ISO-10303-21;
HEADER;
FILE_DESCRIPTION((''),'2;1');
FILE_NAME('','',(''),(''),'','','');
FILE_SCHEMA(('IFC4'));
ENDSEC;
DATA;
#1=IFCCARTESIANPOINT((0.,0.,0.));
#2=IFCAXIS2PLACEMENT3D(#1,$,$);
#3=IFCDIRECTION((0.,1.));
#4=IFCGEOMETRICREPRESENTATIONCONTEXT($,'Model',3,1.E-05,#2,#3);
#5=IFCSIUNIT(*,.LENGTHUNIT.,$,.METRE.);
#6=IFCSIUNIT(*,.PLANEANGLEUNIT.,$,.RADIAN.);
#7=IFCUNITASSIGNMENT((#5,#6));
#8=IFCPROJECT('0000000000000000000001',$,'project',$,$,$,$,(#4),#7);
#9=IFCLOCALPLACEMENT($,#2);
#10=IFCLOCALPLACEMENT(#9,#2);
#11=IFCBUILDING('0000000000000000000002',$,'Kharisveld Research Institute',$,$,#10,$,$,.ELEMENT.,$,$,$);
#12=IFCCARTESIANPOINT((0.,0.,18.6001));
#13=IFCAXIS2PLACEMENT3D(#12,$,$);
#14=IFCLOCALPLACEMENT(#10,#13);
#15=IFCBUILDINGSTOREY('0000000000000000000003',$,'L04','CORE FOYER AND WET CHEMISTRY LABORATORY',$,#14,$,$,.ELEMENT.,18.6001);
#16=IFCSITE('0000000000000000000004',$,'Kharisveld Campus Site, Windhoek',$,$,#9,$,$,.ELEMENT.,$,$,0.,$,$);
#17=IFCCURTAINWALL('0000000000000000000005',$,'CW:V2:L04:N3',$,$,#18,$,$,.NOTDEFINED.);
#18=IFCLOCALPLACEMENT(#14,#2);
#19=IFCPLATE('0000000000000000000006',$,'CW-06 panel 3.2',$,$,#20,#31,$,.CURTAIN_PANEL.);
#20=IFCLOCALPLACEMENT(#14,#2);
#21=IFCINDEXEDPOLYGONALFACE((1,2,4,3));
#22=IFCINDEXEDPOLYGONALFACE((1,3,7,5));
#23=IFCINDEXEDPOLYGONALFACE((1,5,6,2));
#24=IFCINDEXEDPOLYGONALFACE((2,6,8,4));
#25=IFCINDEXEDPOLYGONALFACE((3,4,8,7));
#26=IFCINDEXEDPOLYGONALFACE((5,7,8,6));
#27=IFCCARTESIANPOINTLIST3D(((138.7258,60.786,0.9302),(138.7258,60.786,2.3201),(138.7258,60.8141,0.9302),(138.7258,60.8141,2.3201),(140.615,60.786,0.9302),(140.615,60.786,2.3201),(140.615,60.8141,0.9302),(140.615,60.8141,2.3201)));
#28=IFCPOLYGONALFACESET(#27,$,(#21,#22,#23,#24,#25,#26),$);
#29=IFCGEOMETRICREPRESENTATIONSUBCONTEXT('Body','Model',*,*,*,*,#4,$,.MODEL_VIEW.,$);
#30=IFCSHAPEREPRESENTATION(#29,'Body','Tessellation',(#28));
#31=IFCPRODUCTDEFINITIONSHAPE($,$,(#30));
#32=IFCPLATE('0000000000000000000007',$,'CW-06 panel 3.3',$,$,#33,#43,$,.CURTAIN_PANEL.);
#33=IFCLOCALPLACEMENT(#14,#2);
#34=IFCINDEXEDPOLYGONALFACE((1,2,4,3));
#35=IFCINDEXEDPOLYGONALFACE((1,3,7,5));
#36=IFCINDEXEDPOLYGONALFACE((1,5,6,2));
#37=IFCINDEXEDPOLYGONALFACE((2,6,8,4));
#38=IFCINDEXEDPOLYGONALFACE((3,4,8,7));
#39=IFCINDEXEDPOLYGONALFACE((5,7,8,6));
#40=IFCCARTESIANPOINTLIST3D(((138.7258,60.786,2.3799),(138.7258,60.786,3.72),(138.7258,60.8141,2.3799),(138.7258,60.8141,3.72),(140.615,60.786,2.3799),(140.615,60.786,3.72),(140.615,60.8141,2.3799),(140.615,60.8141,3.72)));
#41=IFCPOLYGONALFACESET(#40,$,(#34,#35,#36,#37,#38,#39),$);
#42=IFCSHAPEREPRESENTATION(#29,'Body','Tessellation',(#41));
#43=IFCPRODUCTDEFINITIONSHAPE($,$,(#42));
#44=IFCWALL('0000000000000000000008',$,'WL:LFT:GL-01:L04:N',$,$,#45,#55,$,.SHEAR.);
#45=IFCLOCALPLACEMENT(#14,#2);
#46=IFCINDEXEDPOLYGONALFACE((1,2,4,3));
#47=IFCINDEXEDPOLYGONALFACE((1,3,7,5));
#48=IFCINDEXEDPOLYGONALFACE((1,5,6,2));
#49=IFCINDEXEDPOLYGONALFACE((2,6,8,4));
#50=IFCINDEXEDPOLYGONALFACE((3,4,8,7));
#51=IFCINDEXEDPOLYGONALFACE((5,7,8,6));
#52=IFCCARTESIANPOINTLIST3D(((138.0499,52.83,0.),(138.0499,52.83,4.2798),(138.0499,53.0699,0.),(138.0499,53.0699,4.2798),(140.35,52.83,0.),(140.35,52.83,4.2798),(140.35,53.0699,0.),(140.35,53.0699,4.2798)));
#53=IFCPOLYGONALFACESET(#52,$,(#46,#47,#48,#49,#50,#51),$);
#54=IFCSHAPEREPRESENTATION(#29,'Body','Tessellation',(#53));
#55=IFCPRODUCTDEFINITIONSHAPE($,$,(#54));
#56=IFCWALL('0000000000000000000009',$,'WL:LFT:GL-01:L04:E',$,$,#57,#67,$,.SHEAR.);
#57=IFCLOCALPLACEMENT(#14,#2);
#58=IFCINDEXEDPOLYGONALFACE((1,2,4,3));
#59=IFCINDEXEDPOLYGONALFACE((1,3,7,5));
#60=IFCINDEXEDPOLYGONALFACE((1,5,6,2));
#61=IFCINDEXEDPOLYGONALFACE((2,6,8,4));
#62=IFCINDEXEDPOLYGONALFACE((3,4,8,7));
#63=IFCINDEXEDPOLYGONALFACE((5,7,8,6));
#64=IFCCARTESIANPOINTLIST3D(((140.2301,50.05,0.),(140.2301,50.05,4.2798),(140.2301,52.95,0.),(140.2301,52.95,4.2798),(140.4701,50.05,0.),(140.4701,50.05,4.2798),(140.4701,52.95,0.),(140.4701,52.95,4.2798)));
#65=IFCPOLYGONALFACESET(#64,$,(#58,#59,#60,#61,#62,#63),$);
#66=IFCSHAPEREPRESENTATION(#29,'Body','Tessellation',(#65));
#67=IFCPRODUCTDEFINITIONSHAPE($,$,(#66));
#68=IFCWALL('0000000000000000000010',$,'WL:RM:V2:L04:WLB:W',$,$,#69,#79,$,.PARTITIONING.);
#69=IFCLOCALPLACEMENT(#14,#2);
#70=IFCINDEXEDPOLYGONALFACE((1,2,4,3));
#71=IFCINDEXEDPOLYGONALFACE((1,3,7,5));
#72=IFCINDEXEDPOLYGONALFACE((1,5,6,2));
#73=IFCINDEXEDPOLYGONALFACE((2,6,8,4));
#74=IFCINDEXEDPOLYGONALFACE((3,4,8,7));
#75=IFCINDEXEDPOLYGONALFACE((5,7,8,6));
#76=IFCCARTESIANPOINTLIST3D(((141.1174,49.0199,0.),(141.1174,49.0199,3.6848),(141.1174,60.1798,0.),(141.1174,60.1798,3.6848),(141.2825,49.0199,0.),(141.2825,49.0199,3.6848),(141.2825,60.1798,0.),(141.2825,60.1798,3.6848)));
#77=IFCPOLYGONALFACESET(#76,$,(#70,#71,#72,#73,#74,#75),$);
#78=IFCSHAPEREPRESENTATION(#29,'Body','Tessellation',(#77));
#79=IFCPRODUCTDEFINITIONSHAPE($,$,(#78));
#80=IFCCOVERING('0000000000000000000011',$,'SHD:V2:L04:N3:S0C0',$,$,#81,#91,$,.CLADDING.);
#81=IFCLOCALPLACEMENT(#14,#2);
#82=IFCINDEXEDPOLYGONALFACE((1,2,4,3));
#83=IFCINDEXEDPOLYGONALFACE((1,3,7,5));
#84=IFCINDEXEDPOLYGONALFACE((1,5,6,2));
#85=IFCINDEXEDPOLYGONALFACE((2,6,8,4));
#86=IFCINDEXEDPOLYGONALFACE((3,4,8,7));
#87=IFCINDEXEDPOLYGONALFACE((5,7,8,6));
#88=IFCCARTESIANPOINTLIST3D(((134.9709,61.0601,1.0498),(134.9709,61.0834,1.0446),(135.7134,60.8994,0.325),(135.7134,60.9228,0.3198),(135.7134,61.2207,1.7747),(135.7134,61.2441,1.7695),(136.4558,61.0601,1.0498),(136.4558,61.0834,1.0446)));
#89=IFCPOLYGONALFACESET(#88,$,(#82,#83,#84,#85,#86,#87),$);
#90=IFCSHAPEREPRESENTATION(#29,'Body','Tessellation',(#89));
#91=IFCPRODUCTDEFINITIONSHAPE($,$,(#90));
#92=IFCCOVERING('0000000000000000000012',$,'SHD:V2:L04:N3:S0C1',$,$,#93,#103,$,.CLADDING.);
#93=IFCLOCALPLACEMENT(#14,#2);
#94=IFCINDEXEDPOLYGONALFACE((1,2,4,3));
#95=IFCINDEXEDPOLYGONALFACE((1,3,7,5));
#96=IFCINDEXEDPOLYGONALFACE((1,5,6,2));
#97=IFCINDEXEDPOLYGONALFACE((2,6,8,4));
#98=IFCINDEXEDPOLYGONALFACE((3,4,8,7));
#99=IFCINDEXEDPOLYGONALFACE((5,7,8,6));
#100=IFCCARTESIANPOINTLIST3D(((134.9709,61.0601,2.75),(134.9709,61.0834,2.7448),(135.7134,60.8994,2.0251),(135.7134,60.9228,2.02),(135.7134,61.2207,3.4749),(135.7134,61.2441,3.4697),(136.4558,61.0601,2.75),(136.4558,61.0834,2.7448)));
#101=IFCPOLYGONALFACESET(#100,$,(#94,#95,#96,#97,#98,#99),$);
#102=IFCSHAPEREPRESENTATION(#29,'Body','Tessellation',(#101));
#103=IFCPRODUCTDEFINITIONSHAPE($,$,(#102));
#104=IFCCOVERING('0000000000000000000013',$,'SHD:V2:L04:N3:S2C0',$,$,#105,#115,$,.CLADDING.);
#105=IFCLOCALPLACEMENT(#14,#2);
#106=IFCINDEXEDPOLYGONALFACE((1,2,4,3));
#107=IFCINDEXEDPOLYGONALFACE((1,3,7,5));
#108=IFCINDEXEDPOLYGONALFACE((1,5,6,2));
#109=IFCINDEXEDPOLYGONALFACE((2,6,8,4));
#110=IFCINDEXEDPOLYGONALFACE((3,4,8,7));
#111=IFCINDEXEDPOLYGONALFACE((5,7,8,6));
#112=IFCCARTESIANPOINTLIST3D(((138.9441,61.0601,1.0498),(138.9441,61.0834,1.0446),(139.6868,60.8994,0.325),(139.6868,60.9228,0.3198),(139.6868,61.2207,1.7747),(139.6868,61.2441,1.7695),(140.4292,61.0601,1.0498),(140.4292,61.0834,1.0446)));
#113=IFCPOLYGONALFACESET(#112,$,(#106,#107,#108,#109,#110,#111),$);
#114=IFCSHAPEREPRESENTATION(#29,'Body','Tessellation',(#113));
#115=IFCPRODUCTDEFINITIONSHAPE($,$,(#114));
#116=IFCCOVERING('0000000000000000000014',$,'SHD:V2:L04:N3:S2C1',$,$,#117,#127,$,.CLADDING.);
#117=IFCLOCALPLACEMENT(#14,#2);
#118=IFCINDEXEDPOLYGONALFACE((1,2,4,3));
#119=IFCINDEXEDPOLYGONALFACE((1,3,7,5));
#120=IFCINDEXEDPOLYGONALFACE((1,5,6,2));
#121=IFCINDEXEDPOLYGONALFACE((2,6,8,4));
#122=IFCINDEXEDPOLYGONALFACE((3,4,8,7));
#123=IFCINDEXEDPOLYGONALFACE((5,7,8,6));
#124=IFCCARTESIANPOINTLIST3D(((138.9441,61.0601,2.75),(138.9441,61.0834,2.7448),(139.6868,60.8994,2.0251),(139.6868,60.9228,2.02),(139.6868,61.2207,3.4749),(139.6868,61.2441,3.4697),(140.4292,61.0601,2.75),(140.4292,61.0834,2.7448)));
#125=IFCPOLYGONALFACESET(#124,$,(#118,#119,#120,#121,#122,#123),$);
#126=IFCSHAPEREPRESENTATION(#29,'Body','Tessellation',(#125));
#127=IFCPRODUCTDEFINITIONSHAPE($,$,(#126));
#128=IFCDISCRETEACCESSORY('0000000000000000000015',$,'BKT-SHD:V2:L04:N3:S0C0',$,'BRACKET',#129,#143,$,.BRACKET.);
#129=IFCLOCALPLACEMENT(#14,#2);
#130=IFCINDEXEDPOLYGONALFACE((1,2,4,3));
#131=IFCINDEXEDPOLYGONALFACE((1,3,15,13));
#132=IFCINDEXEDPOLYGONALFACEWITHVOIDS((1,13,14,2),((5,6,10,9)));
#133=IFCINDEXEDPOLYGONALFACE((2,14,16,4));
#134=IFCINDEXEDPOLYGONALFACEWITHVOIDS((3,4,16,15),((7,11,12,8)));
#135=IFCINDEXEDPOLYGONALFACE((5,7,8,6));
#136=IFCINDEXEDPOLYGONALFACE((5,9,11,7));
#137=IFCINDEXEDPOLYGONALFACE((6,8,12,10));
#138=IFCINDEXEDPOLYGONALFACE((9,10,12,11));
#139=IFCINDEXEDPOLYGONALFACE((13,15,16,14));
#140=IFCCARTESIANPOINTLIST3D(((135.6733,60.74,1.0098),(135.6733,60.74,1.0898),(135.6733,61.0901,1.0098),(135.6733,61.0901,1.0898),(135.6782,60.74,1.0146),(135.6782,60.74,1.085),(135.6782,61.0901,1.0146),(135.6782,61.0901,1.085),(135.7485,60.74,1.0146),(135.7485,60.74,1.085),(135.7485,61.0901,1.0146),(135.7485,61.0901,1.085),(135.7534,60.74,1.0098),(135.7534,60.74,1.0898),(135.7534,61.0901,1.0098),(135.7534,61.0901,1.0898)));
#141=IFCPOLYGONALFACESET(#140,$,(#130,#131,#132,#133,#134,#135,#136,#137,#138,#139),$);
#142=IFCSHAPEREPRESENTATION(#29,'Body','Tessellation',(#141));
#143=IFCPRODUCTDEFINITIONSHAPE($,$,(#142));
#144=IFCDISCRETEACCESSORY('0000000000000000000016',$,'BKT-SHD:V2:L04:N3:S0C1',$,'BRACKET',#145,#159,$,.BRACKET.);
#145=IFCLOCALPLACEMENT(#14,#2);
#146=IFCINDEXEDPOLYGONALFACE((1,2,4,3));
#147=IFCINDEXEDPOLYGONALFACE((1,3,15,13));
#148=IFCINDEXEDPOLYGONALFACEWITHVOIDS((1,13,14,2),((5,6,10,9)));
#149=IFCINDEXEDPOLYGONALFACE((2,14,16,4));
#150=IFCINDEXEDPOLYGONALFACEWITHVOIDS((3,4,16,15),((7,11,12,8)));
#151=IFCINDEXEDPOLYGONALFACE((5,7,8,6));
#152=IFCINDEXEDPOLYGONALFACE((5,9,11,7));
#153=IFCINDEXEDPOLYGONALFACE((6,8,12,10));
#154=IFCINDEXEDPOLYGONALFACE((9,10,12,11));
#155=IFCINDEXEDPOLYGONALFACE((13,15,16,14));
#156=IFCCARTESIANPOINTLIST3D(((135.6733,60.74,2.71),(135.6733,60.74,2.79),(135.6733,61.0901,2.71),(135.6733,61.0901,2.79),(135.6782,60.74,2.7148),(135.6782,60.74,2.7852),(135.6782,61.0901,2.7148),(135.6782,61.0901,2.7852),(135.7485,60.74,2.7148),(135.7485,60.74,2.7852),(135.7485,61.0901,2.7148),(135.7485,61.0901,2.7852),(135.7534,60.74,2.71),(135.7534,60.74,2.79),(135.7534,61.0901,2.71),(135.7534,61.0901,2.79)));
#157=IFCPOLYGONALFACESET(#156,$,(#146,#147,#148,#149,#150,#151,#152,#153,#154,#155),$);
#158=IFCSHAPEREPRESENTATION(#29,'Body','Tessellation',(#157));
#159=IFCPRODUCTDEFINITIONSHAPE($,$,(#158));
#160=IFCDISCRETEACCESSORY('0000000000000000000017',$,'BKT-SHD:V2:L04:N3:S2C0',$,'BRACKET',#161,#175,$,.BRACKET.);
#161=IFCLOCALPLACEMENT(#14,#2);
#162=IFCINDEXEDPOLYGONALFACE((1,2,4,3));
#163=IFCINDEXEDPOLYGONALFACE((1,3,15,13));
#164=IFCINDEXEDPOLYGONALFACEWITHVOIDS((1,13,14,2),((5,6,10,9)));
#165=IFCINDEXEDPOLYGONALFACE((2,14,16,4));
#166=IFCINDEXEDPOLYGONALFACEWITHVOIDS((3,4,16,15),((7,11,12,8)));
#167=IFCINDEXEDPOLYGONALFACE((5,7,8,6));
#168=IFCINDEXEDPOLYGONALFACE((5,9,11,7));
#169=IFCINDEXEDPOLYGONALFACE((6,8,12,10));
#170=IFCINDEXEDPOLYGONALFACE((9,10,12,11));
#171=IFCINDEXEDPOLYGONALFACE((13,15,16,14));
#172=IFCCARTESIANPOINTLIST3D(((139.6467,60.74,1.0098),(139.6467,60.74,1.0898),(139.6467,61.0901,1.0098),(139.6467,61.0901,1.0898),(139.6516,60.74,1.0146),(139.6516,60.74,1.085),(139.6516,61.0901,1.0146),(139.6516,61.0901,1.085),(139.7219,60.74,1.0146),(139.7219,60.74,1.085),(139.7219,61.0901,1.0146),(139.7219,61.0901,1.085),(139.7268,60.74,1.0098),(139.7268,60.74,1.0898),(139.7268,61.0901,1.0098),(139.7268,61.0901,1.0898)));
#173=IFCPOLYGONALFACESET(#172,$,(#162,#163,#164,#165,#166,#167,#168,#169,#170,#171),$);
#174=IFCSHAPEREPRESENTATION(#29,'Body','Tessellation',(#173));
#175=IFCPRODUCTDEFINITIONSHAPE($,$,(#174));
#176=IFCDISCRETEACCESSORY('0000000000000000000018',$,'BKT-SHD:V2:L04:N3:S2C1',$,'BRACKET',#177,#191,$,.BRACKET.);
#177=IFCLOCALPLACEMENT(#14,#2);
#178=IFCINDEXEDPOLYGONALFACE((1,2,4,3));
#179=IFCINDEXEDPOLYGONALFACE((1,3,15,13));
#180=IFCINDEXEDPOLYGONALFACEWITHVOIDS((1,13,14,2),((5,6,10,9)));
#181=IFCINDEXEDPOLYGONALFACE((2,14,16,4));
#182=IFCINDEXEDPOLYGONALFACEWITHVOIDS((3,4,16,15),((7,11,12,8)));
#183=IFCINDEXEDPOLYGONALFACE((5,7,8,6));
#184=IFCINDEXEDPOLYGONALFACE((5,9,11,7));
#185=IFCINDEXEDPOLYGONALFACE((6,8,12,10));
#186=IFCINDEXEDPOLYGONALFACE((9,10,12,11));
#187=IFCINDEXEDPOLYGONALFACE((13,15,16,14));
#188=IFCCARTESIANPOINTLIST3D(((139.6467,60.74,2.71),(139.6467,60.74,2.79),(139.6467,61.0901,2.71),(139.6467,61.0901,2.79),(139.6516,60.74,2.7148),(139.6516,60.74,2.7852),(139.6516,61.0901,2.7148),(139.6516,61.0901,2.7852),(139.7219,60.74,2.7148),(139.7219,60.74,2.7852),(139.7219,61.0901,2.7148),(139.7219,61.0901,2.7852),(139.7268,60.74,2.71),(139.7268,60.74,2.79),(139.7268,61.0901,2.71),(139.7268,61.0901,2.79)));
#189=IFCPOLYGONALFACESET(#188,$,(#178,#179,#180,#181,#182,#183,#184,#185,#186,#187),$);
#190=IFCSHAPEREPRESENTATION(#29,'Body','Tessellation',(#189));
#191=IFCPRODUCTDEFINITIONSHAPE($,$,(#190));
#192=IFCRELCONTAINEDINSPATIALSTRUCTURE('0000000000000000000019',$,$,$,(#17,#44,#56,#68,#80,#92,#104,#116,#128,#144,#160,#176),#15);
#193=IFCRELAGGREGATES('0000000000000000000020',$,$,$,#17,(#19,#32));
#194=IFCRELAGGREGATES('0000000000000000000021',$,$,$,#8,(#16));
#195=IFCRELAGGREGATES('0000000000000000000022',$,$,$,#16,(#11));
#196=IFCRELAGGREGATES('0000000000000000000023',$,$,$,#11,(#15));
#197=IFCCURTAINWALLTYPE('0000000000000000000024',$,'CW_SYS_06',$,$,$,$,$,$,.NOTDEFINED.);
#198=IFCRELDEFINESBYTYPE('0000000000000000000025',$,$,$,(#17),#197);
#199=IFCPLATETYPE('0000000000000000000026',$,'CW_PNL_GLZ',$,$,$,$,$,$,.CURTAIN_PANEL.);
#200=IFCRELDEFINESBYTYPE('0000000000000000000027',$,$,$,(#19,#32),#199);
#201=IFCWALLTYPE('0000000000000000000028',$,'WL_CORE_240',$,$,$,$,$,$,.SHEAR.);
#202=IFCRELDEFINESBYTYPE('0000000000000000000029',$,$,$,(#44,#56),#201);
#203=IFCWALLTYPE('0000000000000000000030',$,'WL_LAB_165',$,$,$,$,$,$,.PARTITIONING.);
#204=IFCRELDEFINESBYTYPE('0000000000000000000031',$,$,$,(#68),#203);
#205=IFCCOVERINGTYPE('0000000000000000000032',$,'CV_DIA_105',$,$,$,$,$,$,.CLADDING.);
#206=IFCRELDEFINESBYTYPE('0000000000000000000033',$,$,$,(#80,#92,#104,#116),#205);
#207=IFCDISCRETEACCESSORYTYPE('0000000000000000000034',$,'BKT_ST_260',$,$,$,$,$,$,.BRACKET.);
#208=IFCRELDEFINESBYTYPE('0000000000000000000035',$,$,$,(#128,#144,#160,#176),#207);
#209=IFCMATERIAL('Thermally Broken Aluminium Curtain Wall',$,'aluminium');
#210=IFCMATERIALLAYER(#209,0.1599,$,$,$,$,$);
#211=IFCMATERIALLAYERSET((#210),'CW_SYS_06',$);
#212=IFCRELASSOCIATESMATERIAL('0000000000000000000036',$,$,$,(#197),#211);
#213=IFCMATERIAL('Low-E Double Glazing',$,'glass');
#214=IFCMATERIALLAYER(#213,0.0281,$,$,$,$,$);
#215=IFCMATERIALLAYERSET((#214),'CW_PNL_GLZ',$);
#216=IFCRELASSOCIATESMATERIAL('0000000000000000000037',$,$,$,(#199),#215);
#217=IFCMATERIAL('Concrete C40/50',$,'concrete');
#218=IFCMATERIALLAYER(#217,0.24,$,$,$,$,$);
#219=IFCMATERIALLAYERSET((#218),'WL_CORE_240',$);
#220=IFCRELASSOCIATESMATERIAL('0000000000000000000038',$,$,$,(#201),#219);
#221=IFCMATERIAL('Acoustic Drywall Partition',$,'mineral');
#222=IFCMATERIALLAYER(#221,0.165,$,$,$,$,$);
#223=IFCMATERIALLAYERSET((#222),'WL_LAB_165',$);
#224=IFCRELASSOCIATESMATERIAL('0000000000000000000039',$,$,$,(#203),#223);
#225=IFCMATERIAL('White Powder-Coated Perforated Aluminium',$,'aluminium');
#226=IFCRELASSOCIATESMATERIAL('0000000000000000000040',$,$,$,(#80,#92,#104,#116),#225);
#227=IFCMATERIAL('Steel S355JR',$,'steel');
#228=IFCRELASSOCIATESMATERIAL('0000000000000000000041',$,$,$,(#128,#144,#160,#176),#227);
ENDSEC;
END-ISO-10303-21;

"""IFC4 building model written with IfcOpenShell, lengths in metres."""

from ifc_helpers import new_model, si_unit, direction, frame, frame_2d, origin, origin_2d, place, context, subcontext, project, spatial, polyline, rectangle, hollow_rectangle, outline, extrude, material, layer, layer_set, type_object, element, aggregate, save


model = new_model("IFC4")

# Units and contexts
model_context = context("Model", 3, precision=1e-05, world=origin(), true_north=direction((0.0, 1.0)))
body_context = subcontext(model_context, "Body", "Model", "MODEL_VIEW")
ifc_project = project(units=[si_unit("LENGTHUNIT", "METRE"), si_unit("PLANEANGLEUNIT", "RADIAN")], contexts=[model_context])

# Site, building, storey
site_placement = place(None, origin())
site = spatial("IfcSite", under=ifc_project, at=site_placement, Name="Kharisveld Campus Site, Windhoek", CompositionType="ELEMENT", RefElevation=0.0)
building_placement = place(site_placement, origin())
building = spatial("IfcBuilding", under=site, at=building_placement, Name="Kharisveld Research Institute", CompositionType="ELEMENT")
storey_placement = place(building_placement, frame((0.0, 0.0, 18.6001)))
storey = spatial("IfcBuildingStorey", under=building, at=storey_placement, Name="L04", Description="CORE FOYER AND WET CHEMISTRY LABORATORY", CompositionType="ELEMENT", Elevation=18.6001)

# Curtain wall
ifc_material_1 = material(Name="Thermally Broken Aluminium Curtain Wall", Category="aluminium")
ifc_layer_1 = layer(ifc_material_1, 0.1599)
ifc_layer_set_1 = layer_set([ifc_layer_1], Name="CW_SYS_06")
curtain_wall_type = type_object("IfcCurtainWallType", Name="CW_SYS_06", PredefinedType="NOTDEFINED", material=ifc_layer_set_1)
curtain_wall_placement = place(storey_placement, origin())
curtain_wall = element("IfcCurtainWall", 1, at=curtain_wall_placement, inside=storey, type_object=curtain_wall_type, Name="CW:V2:L04:N3", PredefinedType="NOTDEFINED")

# Plates
ifc_material_2 = material(Name="Low-E Double Glazing", Category="glass")
ifc_layer_2 = layer(ifc_material_2, 0.0281)
ifc_layer_set_2 = layer_set([ifc_layer_2], Name="CW_PNL_GLZ")
plate_type = type_object("IfcPlateType", Name="CW_PNL_GLZ", PredefinedType="CURTAIN_PANEL", material=ifc_layer_set_2)
plate_1_placement = place(storey_placement, frame((139.6704, 60.8, 0.9302), z_axis=(0.0, 0.0, 1.0), x_axis=(1.0, 0.0, 0.0)))
plate_1 = element("IfcPlate", 2, at=plate_1_placement, type_object=plate_type, Name="CW-06 panel 3.2", PredefinedType="CURTAIN_PANEL", context=body_context, shape_type="SweptSolid", body=[
    extrude(rectangle(XDim=1.8892, YDim=0.0281, at=origin_2d()), origin(), (0.0, 0.0, 1.0), 1.3899),
])
plate_2_placement = place(storey_placement, frame((139.6704, 60.8, 2.3799), z_axis=(0.0, 0.0, 1.0), x_axis=(1.0, 0.0, 0.0)))
plate_2 = element("IfcPlate", 3, at=plate_2_placement, type_object=plate_type, Name="CW-06 panel 3.3", PredefinedType="CURTAIN_PANEL", context=body_context, shape_type="SweptSolid", body=[
    extrude(rectangle(XDim=1.8892, YDim=0.0281, at=origin_2d()), origin(), (0.0, 0.0, 1.0), 1.3401),
])
aggregate(curtain_wall, [plate_1, plate_2])

# Walls
ifc_material_3 = material(Name="Concrete C40/50", Category="concrete")
ifc_layer_3 = layer(ifc_material_3, 0.24)
ifc_layer_set_3 = layer_set([ifc_layer_3], Name="WL_CORE_240")
wall_type_1 = type_object("IfcWallType", Name="WL_CORE_240", PredefinedType="SHEAR", material=ifc_layer_set_3)
wall_1_placement = place(storey_placement, frame((138.05, 52.95, 0.0), z_axis=(0.0, 0.0, 1.0), x_axis=(1.0, 0.0, 0.0)))
element("IfcWall", 4, at=wall_1_placement, inside=storey, type_object=wall_type_1, Name="WL:LFT:GL-01:L04:N", PredefinedType="SHEAR", context=body_context, shape_type="SweptSolid", body=[
    extrude(rectangle(XDim=2.3, YDim=0.24, at=frame_2d((1.1499, 0.0))), origin(), (0.0, 0.0, 1.0), 4.2798),
])
wall_2_placement = place(storey_placement, frame((140.3501, 52.95, 0.0), z_axis=(0.0, 0.0, 1.0), x_axis=(0.0, -1.0, 0.0)))
element("IfcWall", 5, at=wall_2_placement, inside=storey, type_object=wall_type_1, Name="WL:LFT:GL-01:L04:E", PredefinedType="SHEAR", context=body_context, shape_type="SweptSolid", body=[
    extrude(rectangle(XDim=2.8999, YDim=0.24, at=frame_2d((1.45, 0.0))), origin(), (0.0, 0.0, 1.0), 4.2798),
])
ifc_material_4 = material(Name="Acoustic Drywall Partition", Category="mineral")
ifc_layer_4 = layer(ifc_material_4, 0.165)
ifc_layer_set_4 = layer_set([ifc_layer_4], Name="WL_LAB_165")
wall_type_2 = type_object("IfcWallType", Name="WL_LAB_165", PredefinedType="PARTITIONING", material=ifc_layer_set_4)
wall_3_placement = place(storey_placement, frame((141.2, 60.1799, 0.0), z_axis=(0.0, 0.0, 1.0), x_axis=(0.0, -1.0, 0.0)))
element("IfcWall", 6, at=wall_3_placement, inside=storey, type_object=wall_type_2, Name="WL:RM:V2:L04:WLB:W", PredefinedType="PARTITIONING", context=body_context, shape_type="SweptSolid", body=[
    extrude(rectangle(XDim=11.1599, YDim=0.165, at=frame_2d((5.5801, 0.0))), origin(), (0.0, 0.0, 1.0), 3.6848),
])

# Coverings
ifc_material_5 = material(Name="White Powder-Coated Perforated Aluminium", Category="aluminium")
covering_type = type_object("IfcCoveringType", Name="CV_DIA_105", PredefinedType="CLADDING")
for number, where, z_axis, x_axis, name in (
    (7, (135.7134, 60.8994, 0.325), (0.0, -0.976311, 0.216373), (0.707102, 0.153, 0.69036), "SHD:V2:L04:N3:S0C0"),
    (8, (135.7134, 60.8994, 2.0251), (0.0, -0.976311, 0.216373), (0.707102, 0.153, 0.69036), "SHD:V2:L04:N3:S0C1"),
):
    element("IfcCovering", number, at=place(storey_placement, frame(where, z_axis=z_axis, x_axis=x_axis)), inside=storey, type_object=covering_type, material=ifc_material_5, Name=name, PredefinedType="CLADDING", context=body_context, shape_type="SweptSolid", body=[
        extrude(outline(polyline([(0.0, 0.0), (1.05, 0.0), (1.05, 1.05), (0.0, 1.05), (0.0, 0.0)])), origin(), (0.0, 0.0, -1.0), 0.0239),
    ])
for number, where, z_axis, x_axis, name in (
    (9, (139.6868, 60.8994, 0.325), (0.0, -0.976311, 0.216373), (0.707102, 0.153, 0.69036), "SHD:V2:L04:N3:S2C0"),
    (10, (139.6868, 60.8994, 2.0251), (0.0, -0.976311, 0.216373), (0.707102, 0.153, 0.69036), "SHD:V2:L04:N3:S2C1"),
):
    element("IfcCovering", number, at=place(storey_placement, frame(where, z_axis=z_axis, x_axis=x_axis)), inside=storey, type_object=covering_type, material=ifc_material_5, Name=name, PredefinedType="CLADDING", context=body_context, shape_type="SweptSolid", body=[
        extrude(outline(polyline([(0.0, 0.0), (1.05, 0.0), (1.05, 1.05), (-0.0002, 1.0501), (0.0, 0.0)])), origin(), (0.0, 0.0, -1.0), 0.0239),
    ])

# Discrete accessories
ifc_material_6 = material(Name="Steel S355JR", Category="steel")
discrete_accessory_type = type_object("IfcDiscreteAccessoryType", Name="BKT_ST_260", PredefinedType="BRACKET")
for number, where, z_axis, x_axis, name in (
    (11, (135.7134, 60.74, 1.0498), (0.0, 1.0, 0.0), (-1.0, 0.0, 0.0), "BKT-SHD:V2:L04:N3:S0C0"),
    (12, (135.7134, 60.74, 2.75), (0.0, 1.0, 0.0), (-1.0, 0.0, 0.0), "BKT-SHD:V2:L04:N3:S0C1"),
    (13, (139.6868, 60.74, 1.0498), (0.0, 1.0, 0.0), (-1.0, 0.0, 0.0), "BKT-SHD:V2:L04:N3:S2C0"),
    (14, (139.6868, 60.74, 2.75), (0.0, 1.0, 0.0), (-1.0, 0.0, 0.0), "BKT-SHD:V2:L04:N3:S2C1"),
):
    element("IfcDiscreteAccessory", number, at=place(storey_placement, frame(where, z_axis=z_axis, x_axis=x_axis)), inside=storey, type_object=discrete_accessory_type, material=ifc_material_6, Name=name, ObjectType="BRACKET", PredefinedType="BRACKET", context=body_context, shape_type="SweptSolid", body=[
        extrude(hollow_rectangle(XDim=0.0801, YDim=0.0801, WallThickness=0.0049, at=origin_2d()), origin(), (0.0, 0.0, 1.0), 0.3501),
    ])

save(model, "model.ifc")
